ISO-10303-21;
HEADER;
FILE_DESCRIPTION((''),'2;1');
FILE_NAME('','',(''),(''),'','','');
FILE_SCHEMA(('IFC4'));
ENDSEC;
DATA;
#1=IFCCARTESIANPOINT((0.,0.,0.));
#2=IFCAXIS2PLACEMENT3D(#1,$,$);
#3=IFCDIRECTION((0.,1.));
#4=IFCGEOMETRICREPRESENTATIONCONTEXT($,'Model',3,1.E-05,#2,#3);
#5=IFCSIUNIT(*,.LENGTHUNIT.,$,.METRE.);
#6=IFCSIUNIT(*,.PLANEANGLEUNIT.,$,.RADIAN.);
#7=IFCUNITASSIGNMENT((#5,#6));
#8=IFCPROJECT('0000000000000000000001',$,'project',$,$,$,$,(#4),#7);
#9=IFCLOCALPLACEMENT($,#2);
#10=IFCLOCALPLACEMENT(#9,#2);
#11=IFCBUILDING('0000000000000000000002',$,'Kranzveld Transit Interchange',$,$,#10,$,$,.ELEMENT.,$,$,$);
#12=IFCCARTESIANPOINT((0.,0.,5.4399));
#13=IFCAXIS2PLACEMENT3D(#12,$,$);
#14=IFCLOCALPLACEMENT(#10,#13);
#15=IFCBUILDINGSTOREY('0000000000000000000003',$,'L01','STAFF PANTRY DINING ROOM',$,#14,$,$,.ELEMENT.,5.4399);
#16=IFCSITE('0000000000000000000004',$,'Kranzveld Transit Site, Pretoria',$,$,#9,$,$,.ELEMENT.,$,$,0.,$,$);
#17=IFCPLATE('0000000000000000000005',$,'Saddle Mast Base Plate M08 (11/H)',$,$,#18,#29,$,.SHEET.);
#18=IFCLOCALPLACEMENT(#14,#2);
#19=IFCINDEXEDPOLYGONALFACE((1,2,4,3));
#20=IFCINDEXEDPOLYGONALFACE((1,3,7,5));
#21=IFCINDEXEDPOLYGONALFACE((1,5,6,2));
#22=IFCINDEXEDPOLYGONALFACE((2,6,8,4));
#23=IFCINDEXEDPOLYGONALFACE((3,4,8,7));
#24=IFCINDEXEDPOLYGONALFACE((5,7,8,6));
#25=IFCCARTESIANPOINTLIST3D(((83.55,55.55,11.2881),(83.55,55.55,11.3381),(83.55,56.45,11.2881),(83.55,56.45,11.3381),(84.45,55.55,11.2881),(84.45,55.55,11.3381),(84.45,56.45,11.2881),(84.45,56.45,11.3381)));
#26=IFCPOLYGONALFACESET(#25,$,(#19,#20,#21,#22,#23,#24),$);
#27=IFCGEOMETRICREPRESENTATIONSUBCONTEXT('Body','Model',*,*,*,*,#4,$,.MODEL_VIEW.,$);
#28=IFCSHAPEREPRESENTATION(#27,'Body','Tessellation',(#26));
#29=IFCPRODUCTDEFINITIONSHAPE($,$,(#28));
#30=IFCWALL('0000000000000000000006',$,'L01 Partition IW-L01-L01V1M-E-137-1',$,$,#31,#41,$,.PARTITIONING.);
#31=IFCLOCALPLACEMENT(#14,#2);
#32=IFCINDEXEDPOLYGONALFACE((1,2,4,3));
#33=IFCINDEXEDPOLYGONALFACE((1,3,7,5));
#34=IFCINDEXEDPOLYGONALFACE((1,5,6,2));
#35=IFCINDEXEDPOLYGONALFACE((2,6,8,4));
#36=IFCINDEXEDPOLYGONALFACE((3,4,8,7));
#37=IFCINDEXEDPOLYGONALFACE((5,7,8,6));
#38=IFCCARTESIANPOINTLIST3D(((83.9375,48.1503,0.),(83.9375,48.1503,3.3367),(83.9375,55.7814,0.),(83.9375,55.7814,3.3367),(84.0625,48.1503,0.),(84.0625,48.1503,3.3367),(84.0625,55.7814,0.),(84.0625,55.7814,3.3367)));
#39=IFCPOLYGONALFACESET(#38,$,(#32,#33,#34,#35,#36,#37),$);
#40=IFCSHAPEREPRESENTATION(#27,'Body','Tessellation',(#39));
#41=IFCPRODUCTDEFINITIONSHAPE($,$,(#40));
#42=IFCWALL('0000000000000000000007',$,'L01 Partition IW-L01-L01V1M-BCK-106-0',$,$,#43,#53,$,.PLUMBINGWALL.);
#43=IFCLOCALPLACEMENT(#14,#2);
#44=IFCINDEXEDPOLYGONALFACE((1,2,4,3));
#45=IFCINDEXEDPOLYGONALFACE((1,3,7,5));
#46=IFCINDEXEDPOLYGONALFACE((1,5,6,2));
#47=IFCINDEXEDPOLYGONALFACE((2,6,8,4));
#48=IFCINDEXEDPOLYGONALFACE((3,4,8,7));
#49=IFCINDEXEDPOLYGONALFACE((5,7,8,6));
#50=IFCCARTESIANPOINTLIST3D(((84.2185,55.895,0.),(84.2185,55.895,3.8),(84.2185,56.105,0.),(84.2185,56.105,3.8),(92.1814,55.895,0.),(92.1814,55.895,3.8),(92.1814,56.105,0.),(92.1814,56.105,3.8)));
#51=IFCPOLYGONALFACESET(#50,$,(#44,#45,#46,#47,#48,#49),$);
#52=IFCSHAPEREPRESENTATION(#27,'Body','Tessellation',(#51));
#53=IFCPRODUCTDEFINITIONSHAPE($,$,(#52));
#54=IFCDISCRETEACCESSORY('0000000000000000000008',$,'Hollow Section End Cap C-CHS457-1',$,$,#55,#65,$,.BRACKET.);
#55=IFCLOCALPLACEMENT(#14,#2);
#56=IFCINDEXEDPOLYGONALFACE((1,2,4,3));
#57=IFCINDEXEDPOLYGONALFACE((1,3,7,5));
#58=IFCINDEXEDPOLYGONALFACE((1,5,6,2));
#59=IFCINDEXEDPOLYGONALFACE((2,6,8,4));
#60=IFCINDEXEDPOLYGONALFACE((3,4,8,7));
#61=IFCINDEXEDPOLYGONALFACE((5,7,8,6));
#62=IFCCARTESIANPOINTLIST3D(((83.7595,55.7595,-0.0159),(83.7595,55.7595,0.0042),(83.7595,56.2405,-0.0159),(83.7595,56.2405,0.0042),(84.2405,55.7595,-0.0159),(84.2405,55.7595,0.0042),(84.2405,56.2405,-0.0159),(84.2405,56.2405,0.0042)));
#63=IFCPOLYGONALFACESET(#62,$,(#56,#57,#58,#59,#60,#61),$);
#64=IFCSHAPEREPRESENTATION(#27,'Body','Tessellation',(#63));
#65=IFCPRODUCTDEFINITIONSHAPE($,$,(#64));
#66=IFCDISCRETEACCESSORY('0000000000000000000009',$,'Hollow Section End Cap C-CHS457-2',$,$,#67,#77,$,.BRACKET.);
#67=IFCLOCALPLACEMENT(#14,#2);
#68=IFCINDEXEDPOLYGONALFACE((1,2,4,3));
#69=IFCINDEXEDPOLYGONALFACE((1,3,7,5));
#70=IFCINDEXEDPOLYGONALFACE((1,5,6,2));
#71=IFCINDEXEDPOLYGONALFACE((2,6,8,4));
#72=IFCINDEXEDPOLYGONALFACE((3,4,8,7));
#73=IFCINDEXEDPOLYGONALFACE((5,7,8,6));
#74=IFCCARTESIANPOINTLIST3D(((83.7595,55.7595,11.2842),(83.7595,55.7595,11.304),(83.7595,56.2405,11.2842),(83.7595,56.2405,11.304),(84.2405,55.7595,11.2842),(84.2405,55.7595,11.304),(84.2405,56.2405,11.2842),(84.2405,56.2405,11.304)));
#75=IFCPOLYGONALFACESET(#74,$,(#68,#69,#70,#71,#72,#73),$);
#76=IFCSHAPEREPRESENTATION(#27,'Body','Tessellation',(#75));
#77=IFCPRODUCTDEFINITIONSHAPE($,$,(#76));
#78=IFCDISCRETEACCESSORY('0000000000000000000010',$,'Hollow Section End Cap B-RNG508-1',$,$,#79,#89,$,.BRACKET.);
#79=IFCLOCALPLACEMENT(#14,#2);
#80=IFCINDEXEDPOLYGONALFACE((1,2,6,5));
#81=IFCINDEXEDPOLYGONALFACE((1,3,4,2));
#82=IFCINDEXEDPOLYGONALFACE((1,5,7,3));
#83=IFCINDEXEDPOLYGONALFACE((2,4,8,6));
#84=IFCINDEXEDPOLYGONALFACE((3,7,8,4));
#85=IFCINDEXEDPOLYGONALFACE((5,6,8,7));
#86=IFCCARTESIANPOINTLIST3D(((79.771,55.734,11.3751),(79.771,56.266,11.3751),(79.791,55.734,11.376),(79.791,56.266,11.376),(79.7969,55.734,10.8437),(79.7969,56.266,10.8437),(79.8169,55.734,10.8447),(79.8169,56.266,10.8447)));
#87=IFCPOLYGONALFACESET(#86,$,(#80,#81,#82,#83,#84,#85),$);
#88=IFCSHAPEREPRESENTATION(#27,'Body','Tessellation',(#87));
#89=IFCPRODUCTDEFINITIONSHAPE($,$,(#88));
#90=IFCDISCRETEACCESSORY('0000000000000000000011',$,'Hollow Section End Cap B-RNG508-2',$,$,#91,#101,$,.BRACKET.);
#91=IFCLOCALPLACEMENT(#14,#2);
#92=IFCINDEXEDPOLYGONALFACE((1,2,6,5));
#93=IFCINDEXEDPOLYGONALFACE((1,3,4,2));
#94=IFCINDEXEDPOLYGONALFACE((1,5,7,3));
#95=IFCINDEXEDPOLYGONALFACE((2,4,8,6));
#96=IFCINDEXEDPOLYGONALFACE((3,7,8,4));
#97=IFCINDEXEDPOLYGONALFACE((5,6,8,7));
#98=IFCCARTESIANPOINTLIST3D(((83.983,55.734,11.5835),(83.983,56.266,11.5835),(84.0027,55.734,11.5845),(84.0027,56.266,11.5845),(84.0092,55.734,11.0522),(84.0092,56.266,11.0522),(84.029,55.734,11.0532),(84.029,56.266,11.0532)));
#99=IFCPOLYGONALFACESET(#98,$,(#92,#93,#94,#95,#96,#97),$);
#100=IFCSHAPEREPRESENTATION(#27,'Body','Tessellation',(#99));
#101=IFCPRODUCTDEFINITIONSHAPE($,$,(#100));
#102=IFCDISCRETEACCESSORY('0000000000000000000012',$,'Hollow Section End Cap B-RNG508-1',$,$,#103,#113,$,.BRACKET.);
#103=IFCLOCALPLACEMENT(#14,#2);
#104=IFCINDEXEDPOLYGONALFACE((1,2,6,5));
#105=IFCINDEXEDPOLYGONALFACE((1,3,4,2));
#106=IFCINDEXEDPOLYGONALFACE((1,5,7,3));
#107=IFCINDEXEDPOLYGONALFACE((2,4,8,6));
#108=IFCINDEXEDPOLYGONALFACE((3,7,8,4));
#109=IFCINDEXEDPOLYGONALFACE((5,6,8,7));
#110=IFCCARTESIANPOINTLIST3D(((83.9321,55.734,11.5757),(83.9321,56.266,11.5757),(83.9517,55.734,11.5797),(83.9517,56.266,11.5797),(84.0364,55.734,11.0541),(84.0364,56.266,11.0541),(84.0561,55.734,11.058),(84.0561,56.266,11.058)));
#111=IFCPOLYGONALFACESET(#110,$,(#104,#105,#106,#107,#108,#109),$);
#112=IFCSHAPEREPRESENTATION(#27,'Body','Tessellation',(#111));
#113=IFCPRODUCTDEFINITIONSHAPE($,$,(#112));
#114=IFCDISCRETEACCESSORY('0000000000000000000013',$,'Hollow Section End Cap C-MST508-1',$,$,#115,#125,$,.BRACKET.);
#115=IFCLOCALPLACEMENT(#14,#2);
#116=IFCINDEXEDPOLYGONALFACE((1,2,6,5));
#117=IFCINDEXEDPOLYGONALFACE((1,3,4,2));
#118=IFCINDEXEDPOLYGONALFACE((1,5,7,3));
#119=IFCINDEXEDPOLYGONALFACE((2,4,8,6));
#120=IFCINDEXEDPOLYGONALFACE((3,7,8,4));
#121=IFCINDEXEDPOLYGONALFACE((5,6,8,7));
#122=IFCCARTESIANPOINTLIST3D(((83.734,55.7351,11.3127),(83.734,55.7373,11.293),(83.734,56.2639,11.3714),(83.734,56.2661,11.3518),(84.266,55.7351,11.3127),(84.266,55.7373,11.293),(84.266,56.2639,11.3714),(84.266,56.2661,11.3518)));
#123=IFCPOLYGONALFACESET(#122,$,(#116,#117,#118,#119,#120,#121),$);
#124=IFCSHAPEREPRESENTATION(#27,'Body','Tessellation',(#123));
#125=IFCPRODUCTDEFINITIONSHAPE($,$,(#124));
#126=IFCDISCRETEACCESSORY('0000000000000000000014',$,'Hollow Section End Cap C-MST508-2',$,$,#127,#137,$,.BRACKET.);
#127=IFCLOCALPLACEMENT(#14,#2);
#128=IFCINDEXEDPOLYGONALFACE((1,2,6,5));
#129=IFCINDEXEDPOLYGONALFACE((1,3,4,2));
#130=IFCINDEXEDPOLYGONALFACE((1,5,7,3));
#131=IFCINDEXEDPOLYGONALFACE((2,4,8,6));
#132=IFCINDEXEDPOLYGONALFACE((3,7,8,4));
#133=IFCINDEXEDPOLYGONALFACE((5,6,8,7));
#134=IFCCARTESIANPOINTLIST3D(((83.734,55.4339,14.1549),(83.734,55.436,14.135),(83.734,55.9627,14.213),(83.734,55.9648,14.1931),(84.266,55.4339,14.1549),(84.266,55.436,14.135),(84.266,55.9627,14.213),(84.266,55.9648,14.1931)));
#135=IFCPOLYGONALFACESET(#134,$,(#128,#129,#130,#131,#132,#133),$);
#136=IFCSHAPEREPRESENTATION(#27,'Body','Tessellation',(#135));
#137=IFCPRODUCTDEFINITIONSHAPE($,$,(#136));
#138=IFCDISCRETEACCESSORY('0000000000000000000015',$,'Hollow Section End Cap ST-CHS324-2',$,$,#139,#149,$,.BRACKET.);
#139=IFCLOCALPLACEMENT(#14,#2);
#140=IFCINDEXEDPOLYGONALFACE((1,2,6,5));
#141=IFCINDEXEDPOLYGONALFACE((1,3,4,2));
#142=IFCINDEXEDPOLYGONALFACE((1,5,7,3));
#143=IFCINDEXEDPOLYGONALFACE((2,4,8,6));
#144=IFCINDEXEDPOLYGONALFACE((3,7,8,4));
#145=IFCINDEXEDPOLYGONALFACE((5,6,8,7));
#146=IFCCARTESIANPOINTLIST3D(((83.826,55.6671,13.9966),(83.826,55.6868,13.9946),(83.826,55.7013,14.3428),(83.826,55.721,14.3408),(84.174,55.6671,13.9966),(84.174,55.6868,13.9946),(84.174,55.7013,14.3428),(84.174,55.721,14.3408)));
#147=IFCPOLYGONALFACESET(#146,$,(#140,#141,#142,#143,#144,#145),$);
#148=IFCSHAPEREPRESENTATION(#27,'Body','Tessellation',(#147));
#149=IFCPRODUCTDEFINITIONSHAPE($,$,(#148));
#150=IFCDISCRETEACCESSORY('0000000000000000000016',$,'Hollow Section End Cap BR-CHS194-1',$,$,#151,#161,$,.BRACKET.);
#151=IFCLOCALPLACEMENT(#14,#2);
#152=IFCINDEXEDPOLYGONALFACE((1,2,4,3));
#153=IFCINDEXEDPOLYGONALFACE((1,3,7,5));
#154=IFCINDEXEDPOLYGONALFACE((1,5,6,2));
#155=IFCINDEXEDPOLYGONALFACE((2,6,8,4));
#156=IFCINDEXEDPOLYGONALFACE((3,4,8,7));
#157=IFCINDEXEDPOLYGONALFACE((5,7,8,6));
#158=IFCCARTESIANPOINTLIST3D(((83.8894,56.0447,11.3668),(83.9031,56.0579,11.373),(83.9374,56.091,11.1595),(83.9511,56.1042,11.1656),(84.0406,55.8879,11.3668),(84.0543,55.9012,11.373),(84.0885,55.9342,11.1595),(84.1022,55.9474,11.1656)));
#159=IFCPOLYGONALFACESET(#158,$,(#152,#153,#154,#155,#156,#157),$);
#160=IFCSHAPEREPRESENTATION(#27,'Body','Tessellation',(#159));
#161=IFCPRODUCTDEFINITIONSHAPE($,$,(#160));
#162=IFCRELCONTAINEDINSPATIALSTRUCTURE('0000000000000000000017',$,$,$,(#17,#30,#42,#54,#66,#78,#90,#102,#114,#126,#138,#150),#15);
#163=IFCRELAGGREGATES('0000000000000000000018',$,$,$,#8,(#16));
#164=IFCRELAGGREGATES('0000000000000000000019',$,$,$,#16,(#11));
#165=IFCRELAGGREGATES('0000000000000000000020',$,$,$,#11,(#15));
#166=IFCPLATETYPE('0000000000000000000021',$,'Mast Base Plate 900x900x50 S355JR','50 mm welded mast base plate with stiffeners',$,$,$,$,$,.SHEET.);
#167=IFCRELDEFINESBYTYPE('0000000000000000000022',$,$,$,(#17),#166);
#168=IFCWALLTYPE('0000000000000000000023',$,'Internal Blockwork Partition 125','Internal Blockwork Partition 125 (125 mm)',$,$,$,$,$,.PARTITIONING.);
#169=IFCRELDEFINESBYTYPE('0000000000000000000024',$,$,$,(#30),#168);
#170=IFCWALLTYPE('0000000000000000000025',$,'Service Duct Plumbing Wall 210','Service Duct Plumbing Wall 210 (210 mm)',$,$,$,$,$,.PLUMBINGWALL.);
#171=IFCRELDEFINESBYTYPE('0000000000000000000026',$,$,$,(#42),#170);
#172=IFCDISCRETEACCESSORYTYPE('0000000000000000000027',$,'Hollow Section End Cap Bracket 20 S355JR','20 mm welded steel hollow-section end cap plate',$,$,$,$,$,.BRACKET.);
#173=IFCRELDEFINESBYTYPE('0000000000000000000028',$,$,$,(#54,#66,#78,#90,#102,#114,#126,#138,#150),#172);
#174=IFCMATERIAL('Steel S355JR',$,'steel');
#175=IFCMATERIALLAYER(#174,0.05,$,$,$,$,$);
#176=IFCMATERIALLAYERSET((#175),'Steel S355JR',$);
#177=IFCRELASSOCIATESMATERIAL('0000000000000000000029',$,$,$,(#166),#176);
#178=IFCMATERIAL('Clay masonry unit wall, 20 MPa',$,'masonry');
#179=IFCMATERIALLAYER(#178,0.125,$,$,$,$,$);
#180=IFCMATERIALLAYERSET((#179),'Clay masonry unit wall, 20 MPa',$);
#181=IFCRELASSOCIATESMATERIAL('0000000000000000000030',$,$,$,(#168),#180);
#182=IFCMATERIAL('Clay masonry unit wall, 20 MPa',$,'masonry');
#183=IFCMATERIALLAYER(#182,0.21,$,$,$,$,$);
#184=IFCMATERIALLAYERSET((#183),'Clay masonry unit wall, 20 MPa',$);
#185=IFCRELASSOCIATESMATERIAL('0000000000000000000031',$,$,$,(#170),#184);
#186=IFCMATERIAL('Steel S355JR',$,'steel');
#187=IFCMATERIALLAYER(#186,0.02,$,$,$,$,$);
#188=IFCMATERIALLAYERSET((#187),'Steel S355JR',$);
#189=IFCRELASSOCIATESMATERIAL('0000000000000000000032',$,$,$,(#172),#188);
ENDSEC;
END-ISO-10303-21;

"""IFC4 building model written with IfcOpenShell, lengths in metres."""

from ifc_helpers import new_model, si_unit, direction, frame, frame_2d, origin, origin_2d, place, context, subcontext, project, spatial, rectangle, extrude, material, layer, layer_set, type_object, element, save


model = new_model("IFC4")

# Units and contexts
model_context = context("Model", 3, precision=1e-05, world=origin(), true_north=direction((0.0, 1.0)))
body_context = subcontext(model_context, "Body", "Model", "MODEL_VIEW")
ifc_project = project(units=[si_unit("LENGTHUNIT", "METRE"), si_unit("PLANEANGLEUNIT", "RADIAN")], contexts=[model_context])

# Site, building, storey
site_placement = place(None, origin())
site = spatial("IfcSite", under=ifc_project, at=site_placement, Name="Kranzveld Transit Site, Pretoria", CompositionType="ELEMENT", RefElevation=0.0)
building_placement = place(site_placement, origin())
building = spatial("IfcBuilding", under=site, at=building_placement, Name="Kranzveld Transit Interchange", CompositionType="ELEMENT")
storey_placement = place(building_placement, frame((0.0, 0.0, 5.4399)))
storey = spatial("IfcBuildingStorey", under=building, at=storey_placement, Name="L01", Description="STAFF PANTRY DINING ROOM", CompositionType="ELEMENT", Elevation=5.4399)

# Plate
ifc_material_1 = material(Name="Steel S355JR", Category="steel")
ifc_layer_1 = layer(ifc_material_1, 0.05)
ifc_layer_set_1 = layer_set([ifc_layer_1], Name="Steel S355JR")
plate_type_1 = type_object("IfcPlateType", Name="Mast Base Plate 900x900x50 S355JR", Description="50 mm welded mast base plate with stiffeners", PredefinedType="SHEET", material=ifc_layer_set_1)
plate_1_placement = place(storey_placement, frame((84.0, 56.0, 11.2881), z_axis=(0.0, 0.0, 1.0), x_axis=(1.0, 0.0, 0.0)))
element("IfcPlate", 1, at=plate_1_placement, inside=storey, type_object=plate_type_1, Name="Saddle Mast Base Plate M08 (11/H)", PredefinedType="SHEET", context=body_context, shape_type="SweptSolid", body=[
    extrude(rectangle(XDim=0.8999, YDim=0.8999, at=origin_2d()), origin(), (0.0, 0.0, 1.0), 0.05),
])

# Walls
ifc_material_2 = material(Name="Clay masonry unit wall, 20 MPa", Category="masonry")
ifc_layer_2 = layer(ifc_material_2, 0.125)
ifc_layer_set_2 = layer_set([ifc_layer_2], Name="Clay masonry unit wall, 20 MPa")
wall_type_1 = type_object("IfcWallType", Name="Internal Blockwork Partition 125", Description="Internal Blockwork Partition 125 (125 mm)", PredefinedType="PARTITIONING", material=ifc_layer_set_2)
wall_1_placement = place(storey_placement, frame((84.0, 48.1504, 0.0), z_axis=(0.0, 0.0, 1.0), x_axis=(0.0, 1.0, 0.0)))
element("IfcWall", 2, at=wall_1_placement, inside=storey, type_object=wall_type_1, Name="L01 Partition IW-L01-L01V1M-E-137-1", PredefinedType="PARTITIONING", context=body_context, shape_type="SweptSolid", body=[
    extrude(rectangle(XDim=7.6311, YDim=0.125, at=frame_2d((3.8154, 0.0))), origin(), (0.0, 0.0, 1.0), 3.3367),
])
ifc_material_3 = material(Name="Clay masonry unit wall, 20 MPa", Category="masonry")
ifc_layer_3 = layer(ifc_material_3, 0.21)
ifc_layer_set_3 = layer_set([ifc_layer_3], Name="Clay masonry unit wall, 20 MPa")
wall_type_2 = type_object("IfcWallType", Name="Service Duct Plumbing Wall 210", Description="Service Duct Plumbing Wall 210 (210 mm)", PredefinedType="PLUMBINGWALL", material=ifc_layer_set_3)
wall_2_placement = place(storey_placement, frame((84.2185, 56.0, 0.0), z_axis=(0.0, 0.0, 1.0), x_axis=(1.0, 0.0, 0.0)))
element("IfcWall", 3, at=wall_2_placement, inside=storey, type_object=wall_type_2, Name="L01 Partition IW-L01-L01V1M-BCK-106-0", PredefinedType="PLUMBINGWALL", context=body_context, shape_type="SweptSolid", body=[
    extrude(rectangle(XDim=7.9629, YDim=0.21, at=frame_2d((3.9814, 0.0))), origin(), (0.0, 0.0, 1.0), 3.8),
])

# Discrete accessories
ifc_material_4 = material(Name="Steel S355JR", Category="steel")
ifc_layer_4 = layer(ifc_material_4, 0.02)
ifc_layer_set_4 = layer_set([ifc_layer_4], Name="Steel S355JR")
discrete_accessory_type = type_object("IfcDiscreteAccessoryType", Name="Hollow Section End Cap Bracket 20 S355JR", Description="20 mm welded steel hollow-section end cap plate", PredefinedType="BRACKET", material=ifc_layer_set_4)
discrete_accessory_1_placement = place(storey_placement, frame((84.0, 56.0, 0.0042), z_axis=(0.0, 0.0, -1.0), x_axis=(1.0, 0.0, 0.0)))
element("IfcDiscreteAccessory", 4, at=discrete_accessory_1_placement, inside=storey, type_object=discrete_accessory_type, Name="Hollow Section End Cap C-CHS457-1", PredefinedType="BRACKET", context=body_context, shape_type="SweptSolid", body=[
    extrude(rectangle(XDim=0.481, YDim=0.481, at=origin_2d()), origin(), (0.0, 0.0, 1.0), 0.02),
])
discrete_accessory_2_placement = place(storey_placement, frame((84.0, 56.0, 11.2842), z_axis=(0.0, 0.0, 1.0), x_axis=(1.0, 0.0, 0.0)))
element("IfcDiscreteAccessory", 5, at=discrete_accessory_2_placement, inside=storey, type_object=discrete_accessory_type, Name="Hollow Section End Cap C-CHS457-2", PredefinedType="BRACKET", context=body_context, shape_type="SweptSolid", body=[
    extrude(rectangle(XDim=0.481, YDim=0.481, at=origin_2d()), origin(), (0.0, 0.0, 1.0), 0.0198),
])
discrete_accessory_3_placement = place(storey_placement, frame((79.804, 56.0, 11.1104), z_axis=(-0.998812, 0.0, -0.048723), x_axis=(0.0, -1.0, 0.0)))
element("IfcDiscreteAccessory", 6, at=discrete_accessory_3_placement, inside=storey, type_object=discrete_accessory_type, Name="Hollow Section End Cap B-RNG508-1", PredefinedType="BRACKET", context=body_context, shape_type="SweptSolid", body=[
    extrude(rectangle(XDim=0.532, YDim=0.532, at=origin_2d()), origin(), (0.0, 0.0, 1.0), 0.02),
])
discrete_accessory_4_placement = place(storey_placement, frame((83.9961, 56.0, 11.3179), z_axis=(0.998783, 0.0, 0.049323), x_axis=(0.0, 1.0, 0.0)))
element("IfcDiscreteAccessory", 7, at=discrete_accessory_4_placement, inside=storey, type_object=discrete_accessory_type, Name="Hollow Section End Cap B-RNG508-2", PredefinedType="BRACKET", context=body_context, shape_type="SweptSolid", body=[
    extrude(rectangle(XDim=0.532, YDim=0.532, at=origin_2d()), origin(), (0.0, 0.0, 1.0), 0.0198),
])
discrete_accessory_5_placement = place(storey_placement, frame((84.0039, 56.0, 11.3188), z_axis=(-0.980581, 0.0, -0.196116), x_axis=(0.0, -1.0, 0.0)))
element("IfcDiscreteAccessory", 8, at=discrete_accessory_5_placement, inside=storey, type_object=discrete_accessory_type, Name="Hollow Section End Cap B-RNG508-1", PredefinedType="BRACKET", context=body_context, shape_type="SweptSolid", body=[
    extrude(rectangle(XDim=0.532, YDim=0.532, at=origin_2d()), origin(), (0.0, 0.0, 1.0), 0.02),
])
discrete_accessory_6_placement = place(storey_placement, frame((84.0, 55.9995, 11.342), z_axis=(0.0, 0.110432, -0.993884), x_axis=(-1.0, 0.0, 0.0)))
element("IfcDiscreteAccessory", 9, at=discrete_accessory_6_placement, inside=storey, type_object=discrete_accessory_type, Name="Hollow Section End Cap C-MST508-1", PredefinedType="BRACKET", context=body_context, shape_type="SweptSolid", body=[
    extrude(rectangle(XDim=0.532, YDim=0.532, at=origin_2d()), origin(), (0.0, 0.0, 1.0), 0.0198),
])
discrete_accessory_7_placement = place(storey_placement, frame((84.0, 55.7004, 14.1641), z_axis=(0.0, -0.109101, 0.994031), x_axis=(1.0, 0.0, 0.0)))
element("IfcDiscreteAccessory", 10, at=discrete_accessory_7_placement, inside=storey, type_object=discrete_accessory_type, Name="Hollow Section End Cap C-MST508-2", PredefinedType="BRACKET", context=body_context, shape_type="SweptSolid", body=[
    extrude(rectangle(XDim=0.532, YDim=0.532, at=origin_2d()), origin(), (0.0, 0.0, 1.0), 0.02),
])
discrete_accessory_8_placement = place(storey_placement, frame((84.0, 55.7039, 14.1677), z_axis=(0.0, -0.995158, 0.098287), x_axis=(1.0, 0.0, 0.0)))
element("IfcDiscreteAccessory", 11, at=discrete_accessory_8_placement, inside=storey, type_object=discrete_accessory_type, Name="Hollow Section End Cap ST-CHS324-2", PredefinedType="BRACKET", context=body_context, shape_type="SweptSolid", body=[
    extrude(rectangle(XDim=0.3479, YDim=0.3479, at=origin_2d()), origin(), (0.0, 0.0, 1.0), 0.0198),
])
discrete_accessory_9_placement = place(storey_placement, frame((84.0027, 56.0027, 11.2693), z_axis=(-0.685326, -0.66085, -0.305949), x_axis=(0.694136, -0.719844, 0.0)))
element("IfcDiscreteAccessory", 12, at=discrete_accessory_9_placement, inside=storey, type_object=discrete_accessory_type, Name="Hollow Section End Cap BR-CHS194-1", PredefinedType="BRACKET", context=body_context, shape_type="SweptSolid", body=[
    extrude(rectangle(XDim=0.2178, YDim=0.2178, at=origin_2d()), origin(), (0.0, 0.0, 1.0), 0.02),
])

save(model, "model.ifc")
